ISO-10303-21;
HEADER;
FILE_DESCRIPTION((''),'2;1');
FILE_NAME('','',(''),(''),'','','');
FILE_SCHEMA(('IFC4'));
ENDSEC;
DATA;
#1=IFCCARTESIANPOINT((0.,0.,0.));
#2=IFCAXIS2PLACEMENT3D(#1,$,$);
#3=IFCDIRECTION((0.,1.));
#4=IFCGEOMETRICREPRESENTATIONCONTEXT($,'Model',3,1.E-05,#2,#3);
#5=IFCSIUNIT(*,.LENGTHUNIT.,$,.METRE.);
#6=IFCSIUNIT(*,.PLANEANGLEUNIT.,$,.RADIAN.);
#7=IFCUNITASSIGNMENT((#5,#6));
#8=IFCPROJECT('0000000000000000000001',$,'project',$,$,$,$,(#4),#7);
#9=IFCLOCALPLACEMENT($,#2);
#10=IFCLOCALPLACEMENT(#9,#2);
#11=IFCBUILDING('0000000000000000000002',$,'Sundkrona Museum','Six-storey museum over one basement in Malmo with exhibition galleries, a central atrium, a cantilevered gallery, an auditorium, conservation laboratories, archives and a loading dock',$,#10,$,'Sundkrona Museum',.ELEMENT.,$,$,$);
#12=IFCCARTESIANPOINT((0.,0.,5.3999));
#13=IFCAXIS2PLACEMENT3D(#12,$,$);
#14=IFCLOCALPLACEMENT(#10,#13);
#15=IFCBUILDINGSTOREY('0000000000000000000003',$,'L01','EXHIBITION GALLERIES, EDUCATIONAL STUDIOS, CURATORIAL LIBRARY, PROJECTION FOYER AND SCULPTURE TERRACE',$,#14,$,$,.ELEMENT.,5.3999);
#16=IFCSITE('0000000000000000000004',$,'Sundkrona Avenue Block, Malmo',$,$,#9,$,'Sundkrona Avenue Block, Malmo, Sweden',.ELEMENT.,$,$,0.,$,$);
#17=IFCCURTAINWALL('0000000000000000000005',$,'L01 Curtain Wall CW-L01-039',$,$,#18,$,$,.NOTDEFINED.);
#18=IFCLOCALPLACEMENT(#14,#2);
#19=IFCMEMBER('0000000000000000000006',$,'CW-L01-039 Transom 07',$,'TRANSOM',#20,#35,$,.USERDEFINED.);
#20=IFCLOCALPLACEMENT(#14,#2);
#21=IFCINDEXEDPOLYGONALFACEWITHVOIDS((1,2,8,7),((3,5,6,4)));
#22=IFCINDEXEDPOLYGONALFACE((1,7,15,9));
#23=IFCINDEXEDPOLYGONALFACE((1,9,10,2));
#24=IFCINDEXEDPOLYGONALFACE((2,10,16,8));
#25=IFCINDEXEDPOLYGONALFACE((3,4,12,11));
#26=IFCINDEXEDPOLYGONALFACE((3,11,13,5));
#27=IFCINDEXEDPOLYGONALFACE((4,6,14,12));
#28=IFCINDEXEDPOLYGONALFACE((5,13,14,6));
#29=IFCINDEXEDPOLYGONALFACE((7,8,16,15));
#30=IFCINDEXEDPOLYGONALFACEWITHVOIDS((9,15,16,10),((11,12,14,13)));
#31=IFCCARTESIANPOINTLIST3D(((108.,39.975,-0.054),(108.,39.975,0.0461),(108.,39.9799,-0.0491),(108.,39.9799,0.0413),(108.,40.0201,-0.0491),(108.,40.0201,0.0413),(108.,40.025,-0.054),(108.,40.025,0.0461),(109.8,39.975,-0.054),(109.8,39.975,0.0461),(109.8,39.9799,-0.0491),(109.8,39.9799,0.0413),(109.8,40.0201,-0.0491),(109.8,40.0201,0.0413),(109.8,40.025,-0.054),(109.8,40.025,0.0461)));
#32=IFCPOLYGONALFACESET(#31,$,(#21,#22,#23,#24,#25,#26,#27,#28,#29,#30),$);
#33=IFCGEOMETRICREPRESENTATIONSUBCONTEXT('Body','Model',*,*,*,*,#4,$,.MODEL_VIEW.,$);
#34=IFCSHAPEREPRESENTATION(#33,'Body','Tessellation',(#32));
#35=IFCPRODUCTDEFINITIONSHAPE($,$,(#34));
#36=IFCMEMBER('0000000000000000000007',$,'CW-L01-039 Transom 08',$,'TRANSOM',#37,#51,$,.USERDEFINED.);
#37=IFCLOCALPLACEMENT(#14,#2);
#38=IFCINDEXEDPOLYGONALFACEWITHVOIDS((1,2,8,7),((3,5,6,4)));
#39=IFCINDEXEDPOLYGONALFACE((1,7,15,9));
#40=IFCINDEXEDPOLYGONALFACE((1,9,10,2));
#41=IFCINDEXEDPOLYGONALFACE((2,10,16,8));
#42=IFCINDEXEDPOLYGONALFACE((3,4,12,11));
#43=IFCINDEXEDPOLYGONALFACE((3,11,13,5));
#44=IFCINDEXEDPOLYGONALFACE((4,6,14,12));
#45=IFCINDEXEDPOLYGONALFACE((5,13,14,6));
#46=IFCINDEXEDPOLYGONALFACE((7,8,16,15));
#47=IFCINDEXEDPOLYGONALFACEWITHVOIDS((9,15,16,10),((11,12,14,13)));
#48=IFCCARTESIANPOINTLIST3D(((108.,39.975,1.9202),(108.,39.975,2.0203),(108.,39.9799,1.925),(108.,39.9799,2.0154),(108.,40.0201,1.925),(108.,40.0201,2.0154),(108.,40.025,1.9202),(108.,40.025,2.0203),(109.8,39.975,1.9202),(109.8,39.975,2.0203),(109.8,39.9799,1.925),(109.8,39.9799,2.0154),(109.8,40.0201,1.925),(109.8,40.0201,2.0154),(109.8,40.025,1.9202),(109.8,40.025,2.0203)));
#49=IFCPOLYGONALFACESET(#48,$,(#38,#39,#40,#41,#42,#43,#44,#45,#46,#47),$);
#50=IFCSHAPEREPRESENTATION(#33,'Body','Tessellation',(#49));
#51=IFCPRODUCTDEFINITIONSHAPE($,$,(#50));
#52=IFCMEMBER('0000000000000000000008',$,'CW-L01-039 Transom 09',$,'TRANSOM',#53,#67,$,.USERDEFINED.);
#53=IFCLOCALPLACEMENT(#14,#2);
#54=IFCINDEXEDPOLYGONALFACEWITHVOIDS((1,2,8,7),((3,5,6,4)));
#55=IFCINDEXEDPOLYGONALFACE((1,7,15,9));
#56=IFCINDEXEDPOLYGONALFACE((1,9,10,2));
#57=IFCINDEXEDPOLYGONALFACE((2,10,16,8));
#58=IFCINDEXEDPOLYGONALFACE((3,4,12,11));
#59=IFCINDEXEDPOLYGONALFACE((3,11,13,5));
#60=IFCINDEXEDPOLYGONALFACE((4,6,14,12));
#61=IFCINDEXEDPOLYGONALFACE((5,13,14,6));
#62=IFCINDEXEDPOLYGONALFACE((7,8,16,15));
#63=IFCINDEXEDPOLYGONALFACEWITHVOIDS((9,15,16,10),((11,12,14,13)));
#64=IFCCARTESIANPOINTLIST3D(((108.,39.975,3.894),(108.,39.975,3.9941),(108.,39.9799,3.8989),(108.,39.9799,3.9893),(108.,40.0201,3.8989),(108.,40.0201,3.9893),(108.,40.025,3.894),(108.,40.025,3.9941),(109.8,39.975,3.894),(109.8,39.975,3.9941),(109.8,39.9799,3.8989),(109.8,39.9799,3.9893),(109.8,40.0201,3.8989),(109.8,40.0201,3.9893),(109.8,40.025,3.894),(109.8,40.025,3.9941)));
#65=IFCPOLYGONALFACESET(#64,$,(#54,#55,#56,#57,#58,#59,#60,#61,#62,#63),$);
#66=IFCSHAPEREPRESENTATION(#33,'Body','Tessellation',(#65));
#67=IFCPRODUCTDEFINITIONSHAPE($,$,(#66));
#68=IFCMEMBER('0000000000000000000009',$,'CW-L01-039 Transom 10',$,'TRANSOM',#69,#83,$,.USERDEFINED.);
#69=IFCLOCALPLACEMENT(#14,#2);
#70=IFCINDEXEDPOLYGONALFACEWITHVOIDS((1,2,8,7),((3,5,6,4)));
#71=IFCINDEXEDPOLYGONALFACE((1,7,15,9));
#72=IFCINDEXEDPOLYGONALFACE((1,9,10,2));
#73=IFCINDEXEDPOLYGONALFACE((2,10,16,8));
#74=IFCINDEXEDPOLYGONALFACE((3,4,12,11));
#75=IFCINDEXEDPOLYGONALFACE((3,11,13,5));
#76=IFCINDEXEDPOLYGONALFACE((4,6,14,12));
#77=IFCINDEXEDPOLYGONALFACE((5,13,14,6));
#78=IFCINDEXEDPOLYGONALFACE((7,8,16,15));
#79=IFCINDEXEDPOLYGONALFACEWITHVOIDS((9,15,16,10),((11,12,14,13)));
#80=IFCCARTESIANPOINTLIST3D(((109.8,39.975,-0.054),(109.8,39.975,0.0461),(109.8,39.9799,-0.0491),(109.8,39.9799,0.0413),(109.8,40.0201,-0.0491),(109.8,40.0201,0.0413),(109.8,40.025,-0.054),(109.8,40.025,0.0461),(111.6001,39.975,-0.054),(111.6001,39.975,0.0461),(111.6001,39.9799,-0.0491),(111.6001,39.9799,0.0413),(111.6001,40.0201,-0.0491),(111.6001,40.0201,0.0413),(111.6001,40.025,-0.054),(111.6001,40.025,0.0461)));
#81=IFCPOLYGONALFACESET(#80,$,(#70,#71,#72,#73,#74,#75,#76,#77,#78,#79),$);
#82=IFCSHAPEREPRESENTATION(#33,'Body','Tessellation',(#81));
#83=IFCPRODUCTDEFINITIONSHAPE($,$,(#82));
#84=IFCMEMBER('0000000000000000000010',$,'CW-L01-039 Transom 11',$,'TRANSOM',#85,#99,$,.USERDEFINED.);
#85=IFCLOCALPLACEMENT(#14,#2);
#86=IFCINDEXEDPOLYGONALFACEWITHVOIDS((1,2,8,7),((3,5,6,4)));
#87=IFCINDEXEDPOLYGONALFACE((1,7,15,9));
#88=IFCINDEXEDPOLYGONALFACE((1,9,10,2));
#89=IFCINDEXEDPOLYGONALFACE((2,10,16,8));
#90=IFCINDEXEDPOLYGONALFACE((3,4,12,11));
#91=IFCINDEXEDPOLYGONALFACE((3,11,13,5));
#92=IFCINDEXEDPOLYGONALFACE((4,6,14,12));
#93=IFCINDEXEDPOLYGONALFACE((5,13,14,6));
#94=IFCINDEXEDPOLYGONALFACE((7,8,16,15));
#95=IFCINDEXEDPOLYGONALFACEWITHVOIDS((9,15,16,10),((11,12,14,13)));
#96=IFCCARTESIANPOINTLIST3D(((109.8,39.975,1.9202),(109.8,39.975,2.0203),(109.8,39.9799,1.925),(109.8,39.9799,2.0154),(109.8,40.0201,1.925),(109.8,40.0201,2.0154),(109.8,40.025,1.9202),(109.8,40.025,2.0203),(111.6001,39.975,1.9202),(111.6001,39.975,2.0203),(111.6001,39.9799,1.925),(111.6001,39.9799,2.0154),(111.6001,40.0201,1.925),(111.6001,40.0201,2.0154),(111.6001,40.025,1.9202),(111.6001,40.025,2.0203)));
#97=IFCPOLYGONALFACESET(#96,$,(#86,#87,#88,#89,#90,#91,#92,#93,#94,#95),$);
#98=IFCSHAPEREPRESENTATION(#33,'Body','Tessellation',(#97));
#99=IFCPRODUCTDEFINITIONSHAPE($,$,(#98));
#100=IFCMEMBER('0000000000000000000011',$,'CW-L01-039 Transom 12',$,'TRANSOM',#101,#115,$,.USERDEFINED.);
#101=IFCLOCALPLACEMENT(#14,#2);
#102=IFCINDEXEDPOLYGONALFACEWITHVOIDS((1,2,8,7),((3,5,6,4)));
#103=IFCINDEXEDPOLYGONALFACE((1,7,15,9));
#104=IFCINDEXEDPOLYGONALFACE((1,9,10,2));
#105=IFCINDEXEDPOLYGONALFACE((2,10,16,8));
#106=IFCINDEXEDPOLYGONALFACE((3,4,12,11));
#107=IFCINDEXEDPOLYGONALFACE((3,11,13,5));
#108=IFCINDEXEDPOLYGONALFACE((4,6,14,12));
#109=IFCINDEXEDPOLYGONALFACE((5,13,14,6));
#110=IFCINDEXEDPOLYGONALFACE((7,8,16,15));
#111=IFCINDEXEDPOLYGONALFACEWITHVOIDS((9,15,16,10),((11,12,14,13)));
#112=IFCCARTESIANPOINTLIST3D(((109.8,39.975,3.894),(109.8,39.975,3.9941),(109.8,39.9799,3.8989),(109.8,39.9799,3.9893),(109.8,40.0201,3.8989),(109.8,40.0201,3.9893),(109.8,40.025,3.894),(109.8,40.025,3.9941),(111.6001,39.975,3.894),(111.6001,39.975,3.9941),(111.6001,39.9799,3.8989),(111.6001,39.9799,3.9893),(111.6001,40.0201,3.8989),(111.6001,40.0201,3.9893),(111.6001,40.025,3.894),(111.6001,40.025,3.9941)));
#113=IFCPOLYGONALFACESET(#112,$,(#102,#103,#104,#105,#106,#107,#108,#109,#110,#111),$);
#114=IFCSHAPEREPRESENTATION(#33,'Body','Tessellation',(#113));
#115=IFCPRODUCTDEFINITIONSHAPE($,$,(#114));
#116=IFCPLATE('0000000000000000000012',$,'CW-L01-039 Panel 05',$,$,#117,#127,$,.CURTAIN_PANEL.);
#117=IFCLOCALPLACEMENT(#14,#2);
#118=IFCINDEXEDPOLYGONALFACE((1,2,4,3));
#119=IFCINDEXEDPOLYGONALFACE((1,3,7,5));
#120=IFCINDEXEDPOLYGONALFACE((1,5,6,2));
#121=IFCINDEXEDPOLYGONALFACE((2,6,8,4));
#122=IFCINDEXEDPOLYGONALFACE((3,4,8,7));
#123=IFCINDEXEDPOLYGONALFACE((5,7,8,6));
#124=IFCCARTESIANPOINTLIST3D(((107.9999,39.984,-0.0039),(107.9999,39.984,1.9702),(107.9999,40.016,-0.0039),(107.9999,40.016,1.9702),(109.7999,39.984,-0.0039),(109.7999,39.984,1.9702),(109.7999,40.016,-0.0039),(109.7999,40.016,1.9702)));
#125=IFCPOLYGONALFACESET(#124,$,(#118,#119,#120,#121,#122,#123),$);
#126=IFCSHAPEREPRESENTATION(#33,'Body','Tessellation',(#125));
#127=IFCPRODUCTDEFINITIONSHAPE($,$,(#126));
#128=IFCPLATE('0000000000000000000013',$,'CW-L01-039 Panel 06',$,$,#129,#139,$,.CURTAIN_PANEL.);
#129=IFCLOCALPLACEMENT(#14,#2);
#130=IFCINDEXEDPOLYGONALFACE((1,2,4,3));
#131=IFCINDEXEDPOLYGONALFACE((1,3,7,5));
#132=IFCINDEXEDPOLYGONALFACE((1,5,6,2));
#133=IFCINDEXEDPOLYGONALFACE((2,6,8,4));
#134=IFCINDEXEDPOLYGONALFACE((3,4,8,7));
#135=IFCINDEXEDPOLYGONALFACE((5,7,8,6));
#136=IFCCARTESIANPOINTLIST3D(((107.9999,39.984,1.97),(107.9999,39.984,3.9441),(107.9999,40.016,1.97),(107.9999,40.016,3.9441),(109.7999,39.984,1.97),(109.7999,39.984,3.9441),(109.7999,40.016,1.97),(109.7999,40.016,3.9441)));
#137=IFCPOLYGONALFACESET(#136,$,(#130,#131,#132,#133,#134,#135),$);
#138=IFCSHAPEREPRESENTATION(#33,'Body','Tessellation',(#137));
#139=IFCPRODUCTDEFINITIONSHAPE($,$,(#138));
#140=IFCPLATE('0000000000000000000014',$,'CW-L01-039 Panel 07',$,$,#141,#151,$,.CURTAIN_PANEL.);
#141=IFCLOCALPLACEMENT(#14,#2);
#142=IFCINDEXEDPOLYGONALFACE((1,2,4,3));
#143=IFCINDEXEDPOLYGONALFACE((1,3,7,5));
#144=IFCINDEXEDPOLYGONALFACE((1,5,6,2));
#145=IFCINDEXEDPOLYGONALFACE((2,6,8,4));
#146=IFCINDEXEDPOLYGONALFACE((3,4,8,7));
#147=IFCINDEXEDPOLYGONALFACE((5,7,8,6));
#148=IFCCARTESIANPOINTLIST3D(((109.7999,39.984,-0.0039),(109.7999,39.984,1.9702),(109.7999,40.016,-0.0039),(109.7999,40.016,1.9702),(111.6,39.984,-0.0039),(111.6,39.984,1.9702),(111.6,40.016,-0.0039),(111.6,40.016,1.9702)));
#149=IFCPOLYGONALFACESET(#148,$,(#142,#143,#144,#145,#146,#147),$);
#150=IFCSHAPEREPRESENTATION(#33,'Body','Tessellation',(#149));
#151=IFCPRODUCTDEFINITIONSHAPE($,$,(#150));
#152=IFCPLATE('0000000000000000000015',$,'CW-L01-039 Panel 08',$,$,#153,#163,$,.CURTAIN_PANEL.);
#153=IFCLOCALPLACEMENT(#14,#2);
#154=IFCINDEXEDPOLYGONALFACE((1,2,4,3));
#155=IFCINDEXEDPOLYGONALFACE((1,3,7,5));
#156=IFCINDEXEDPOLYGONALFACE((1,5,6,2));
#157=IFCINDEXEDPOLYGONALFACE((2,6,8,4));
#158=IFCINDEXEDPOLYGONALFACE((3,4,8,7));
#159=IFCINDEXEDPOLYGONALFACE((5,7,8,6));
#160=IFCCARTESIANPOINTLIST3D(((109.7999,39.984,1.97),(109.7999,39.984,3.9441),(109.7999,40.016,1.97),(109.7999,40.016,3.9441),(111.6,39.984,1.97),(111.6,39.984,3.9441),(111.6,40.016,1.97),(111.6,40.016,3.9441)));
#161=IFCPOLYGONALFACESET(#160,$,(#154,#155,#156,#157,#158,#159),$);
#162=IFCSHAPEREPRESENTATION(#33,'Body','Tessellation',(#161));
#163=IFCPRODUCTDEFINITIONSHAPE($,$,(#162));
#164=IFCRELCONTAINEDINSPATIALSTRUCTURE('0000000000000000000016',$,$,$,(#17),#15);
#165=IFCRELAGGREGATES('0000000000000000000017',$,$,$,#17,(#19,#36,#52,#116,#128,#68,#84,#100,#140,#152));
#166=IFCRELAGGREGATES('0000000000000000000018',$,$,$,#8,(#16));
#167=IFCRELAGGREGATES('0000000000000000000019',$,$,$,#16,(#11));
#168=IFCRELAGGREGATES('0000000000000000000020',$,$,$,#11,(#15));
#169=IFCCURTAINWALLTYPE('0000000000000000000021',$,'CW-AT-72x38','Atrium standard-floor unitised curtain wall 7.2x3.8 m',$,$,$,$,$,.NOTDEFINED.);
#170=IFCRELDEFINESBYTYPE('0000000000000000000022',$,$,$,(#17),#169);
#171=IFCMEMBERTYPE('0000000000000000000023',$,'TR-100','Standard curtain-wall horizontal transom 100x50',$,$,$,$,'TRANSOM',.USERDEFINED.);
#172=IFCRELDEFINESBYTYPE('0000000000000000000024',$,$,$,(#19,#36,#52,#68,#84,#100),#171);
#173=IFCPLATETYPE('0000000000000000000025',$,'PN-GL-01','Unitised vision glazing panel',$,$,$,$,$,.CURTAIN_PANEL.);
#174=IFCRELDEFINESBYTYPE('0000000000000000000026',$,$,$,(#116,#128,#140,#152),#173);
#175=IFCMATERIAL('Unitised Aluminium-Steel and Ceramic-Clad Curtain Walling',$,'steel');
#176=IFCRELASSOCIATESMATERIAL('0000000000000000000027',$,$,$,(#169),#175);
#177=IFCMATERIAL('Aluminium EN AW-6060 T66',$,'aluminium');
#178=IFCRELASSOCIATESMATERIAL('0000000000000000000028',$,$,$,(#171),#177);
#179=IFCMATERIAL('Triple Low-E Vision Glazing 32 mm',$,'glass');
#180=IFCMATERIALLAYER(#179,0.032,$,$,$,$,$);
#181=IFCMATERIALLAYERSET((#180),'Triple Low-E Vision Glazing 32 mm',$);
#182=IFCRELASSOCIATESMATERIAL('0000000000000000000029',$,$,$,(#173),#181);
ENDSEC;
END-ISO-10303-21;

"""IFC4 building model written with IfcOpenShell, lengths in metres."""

from ifc_helpers import new_model, si_unit, direction, frame, origin, origin_2d, place, context, subcontext, project, spatial, rectangle, hollow_rectangle, extrude, material, layer, layer_set, material_profile, profile_set, type_object, element, aggregate, save


model = new_model("IFC4")

# Units and contexts
model_context = context("Model", 3, precision=1e-05, world=origin(), true_north=direction((0.0, 1.0)))
body_context = subcontext(model_context, "Body", "Model", "MODEL_VIEW")
ifc_project = project(units=[si_unit("LENGTHUNIT", "METRE"), si_unit("PLANEANGLEUNIT", "RADIAN")], contexts=[model_context])

# Site, building, storey
site_placement = place(None, origin())
site = spatial("IfcSite", under=ifc_project, at=site_placement, Name="Sundkrona Avenue Block, Malmo", LongName="Sundkrona Avenue Block, Malmo, Sweden", CompositionType="ELEMENT", RefElevation=0.0)
building_placement = place(site_placement, origin())
building = spatial("IfcBuilding", under=site, at=building_placement, Name="Sundkrona Museum", Description="Six-storey museum over one basement in Malmo with exhibition galleries, a central atrium, a cantilevered gallery, an auditorium, conservation laboratories, archives and a loading dock", LongName="Sundkrona Museum", CompositionType="ELEMENT")
storey_placement = place(building_placement, frame((0.0, 0.0, 5.3999)))
storey = spatial("IfcBuildingStorey", under=building, at=storey_placement, Name="L01", Description="EXHIBITION GALLERIES, EDUCATIONAL STUDIOS, CURATORIAL LIBRARY, PROJECTION FOYER AND SCULPTURE TERRACE", CompositionType="ELEMENT", Elevation=5.3999)

# Curtain wall
ifc_material_1 = material(Name="Unitised Aluminium-Steel and Ceramic-Clad Curtain Walling", Category="steel")
curtain_wall_type = type_object("IfcCurtainWallType", Name="CW-AT-72x38", Description="Atrium standard-floor unitised curtain wall 7.2x3.8 m", PredefinedType="NOTDEFINED", material=ifc_material_1)
curtain_wall_1_placement = place(storey_placement, origin())
curtain_wall_1 = element("IfcCurtainWall", 1, at=curtain_wall_1_placement, inside=storey, type_object=curtain_wall_type, Name="L01 Curtain Wall CW-L01-039", PredefinedType="NOTDEFINED")
ifc_material_2 = material(Name="Aluminium EN AW-6060 T66", Category="aluminium")

# Members
ifc_material_profile_1 = material_profile(ifc_material_2, hollow_rectangle(XDim=0.05, YDim=0.1001, WallThickness=0.0049, at=origin_2d()), Name="RHS 100x50x5.0")
ifc_profile_set_1 = profile_set([ifc_material_profile_1], Name="Aluminium EN AW-6060 T66")
member_type_1 = type_object("IfcMemberType", Name="TR-100", Description="Standard curtain-wall horizontal transom 100x50", ElementType="TRANSOM", PredefinedType="USERDEFINED", material=ifc_profile_set_1)
member_1_placement = place(storey_placement, frame((108.0, 40.0, -0.0039), z_axis=(1.0, 0.0, 0.0), x_axis=(0.0, 1.0, 0.0)))
member_1 = element("IfcMember", 2, at=member_1_placement, type_object=member_type_1, Name="CW-L01-039 Transom 07", ObjectType="TRANSOM", PredefinedType="USERDEFINED", context=body_context, shape_type="SweptSolid", body=[
    extrude(hollow_rectangle(XDim=0.05, YDim=0.1001, WallThickness=0.0049, at=origin_2d()), origin(), (0.0, 0.0, 1.0), 1.8),
])
member_2_placement = place(storey_placement, frame((108.0, 40.0, 1.9702), z_axis=(1.0, 0.0, 0.0), x_axis=(0.0, 1.0, 0.0)))
member_2 = element("IfcMember", 3, at=member_2_placement, type_object=member_type_1, Name="CW-L01-039 Transom 08", ObjectType="TRANSOM", PredefinedType="USERDEFINED", context=body_context, shape_type="SweptSolid", body=[
    extrude(hollow_rectangle(XDim=0.05, YDim=0.1001, WallThickness=0.0049, at=origin_2d()), origin(), (0.0, 0.0, 1.0), 1.8),
])
member_3_placement = place(storey_placement, frame((108.0, 40.0, 3.9441), z_axis=(1.0, 0.0, 0.0), x_axis=(0.0, 1.0, 0.0)))
member_3 = element("IfcMember", 4, at=member_3_placement, type_object=member_type_1, Name="CW-L01-039 Transom 09", ObjectType="TRANSOM", PredefinedType="USERDEFINED", context=body_context, shape_type="SweptSolid", body=[
    extrude(hollow_rectangle(XDim=0.05, YDim=0.1001, WallThickness=0.0049, at=origin_2d()), origin(), (0.0, 0.0, 1.0), 1.8),
])
member_4_placement = place(storey_placement, frame((109.8, 40.0, -0.0039), z_axis=(1.0, 0.0, 0.0), x_axis=(0.0, 1.0, 0.0)))
member_4 = element("IfcMember", 5, at=member_4_placement, type_object=member_type_1, Name="CW-L01-039 Transom 10", ObjectType="TRANSOM", PredefinedType="USERDEFINED", context=body_context, shape_type="SweptSolid", body=[
    extrude(hollow_rectangle(XDim=0.05, YDim=0.1001, WallThickness=0.0049, at=origin_2d()), origin(), (0.0, 0.0, 1.0), 1.8),
])
member_5_placement = place(storey_placement, frame((109.8, 40.0, 1.9702), z_axis=(1.0, 0.0, 0.0), x_axis=(0.0, 1.0, 0.0)))
member_5 = element("IfcMember", 6, at=member_5_placement, type_object=member_type_1, Name="CW-L01-039 Transom 11", ObjectType="TRANSOM", PredefinedType="USERDEFINED", context=body_context, shape_type="SweptSolid", body=[
    extrude(hollow_rectangle(XDim=0.05, YDim=0.1001, WallThickness=0.0049, at=origin_2d()), origin(), (0.0, 0.0, 1.0), 1.8),
])
member_6_placement = place(storey_placement, frame((109.8, 40.0, 3.9441), z_axis=(1.0, 0.0, 0.0), x_axis=(0.0, 1.0, 0.0)))
member_6 = element("IfcMember", 7, at=member_6_placement, type_object=member_type_1, Name="CW-L01-039 Transom 12", ObjectType="TRANSOM", PredefinedType="USERDEFINED", context=body_context, shape_type="SweptSolid", body=[
    extrude(hollow_rectangle(XDim=0.05, YDim=0.1001, WallThickness=0.0049, at=origin_2d()), origin(), (0.0, 0.0, 1.0), 1.8),
])

# Plates
ifc_material_3 = material(Name="Triple Low-E Vision Glazing 32 mm", Category="glass")
ifc_layer = layer(ifc_material_3, 0.032)
ifc_layer_set = layer_set([ifc_layer], Name="Triple Low-E Vision Glazing 32 mm")
plate_type = type_object("IfcPlateType", Name="PN-GL-01", Description="Unitised vision glazing panel", PredefinedType="CURTAIN_PANEL", material=ifc_layer_set)
plate_1_placement = place(storey_placement, frame((108.8999, 40.0, -0.0039), z_axis=(0.0, 0.0, 1.0), x_axis=(1.0, 0.0, 0.0)))
plate_1 = element("IfcPlate", 8, at=plate_1_placement, type_object=plate_type, Name="CW-L01-039 Panel 05", PredefinedType="CURTAIN_PANEL", context=body_context, shape_type="SweptSolid", body=[
    extrude(rectangle(XDim=1.8, YDim=0.032, at=origin_2d()), origin(), (0.0, 0.0, 1.0), 1.9741),
])
plate_2_placement = place(storey_placement, frame((108.8999, 40.0, 1.97), z_axis=(0.0, 0.0, 1.0), x_axis=(1.0, 0.0, 0.0)))
plate_2 = element("IfcPlate", 9, at=plate_2_placement, type_object=plate_type, Name="CW-L01-039 Panel 06", PredefinedType="CURTAIN_PANEL", context=body_context, shape_type="SweptSolid", body=[
    extrude(rectangle(XDim=1.8, YDim=0.032, at=origin_2d()), origin(), (0.0, 0.0, 1.0), 1.9741),
])
plate_3_placement = place(storey_placement, frame((110.7, 40.0, -0.0039), z_axis=(0.0, 0.0, 1.0), x_axis=(1.0, 0.0, 0.0)))
plate_3 = element("IfcPlate", 10, at=plate_3_placement, type_object=plate_type, Name="CW-L01-039 Panel 07", PredefinedType="CURTAIN_PANEL", context=body_context, shape_type="SweptSolid", body=[
    extrude(rectangle(XDim=1.8, YDim=0.032, at=origin_2d()), origin(), (0.0, 0.0, 1.0), 1.9741),
])
plate_4_placement = place(storey_placement, frame((110.7, 40.0, 1.97), z_axis=(0.0, 0.0, 1.0), x_axis=(1.0, 0.0, 0.0)))
plate_4 = element("IfcPlate", 11, at=plate_4_placement, type_object=plate_type, Name="CW-L01-039 Panel 08", PredefinedType="CURTAIN_PANEL", context=body_context, shape_type="SweptSolid", body=[
    extrude(rectangle(XDim=1.8, YDim=0.032, at=origin_2d()), origin(), (0.0, 0.0, 1.0), 1.9741),
])
aggregate(curtain_wall_1, [member_1, member_2, member_3, plate_1, plate_2, member_4, member_5, member_6, plate_3, plate_4])

save(model, "model.ifc")
